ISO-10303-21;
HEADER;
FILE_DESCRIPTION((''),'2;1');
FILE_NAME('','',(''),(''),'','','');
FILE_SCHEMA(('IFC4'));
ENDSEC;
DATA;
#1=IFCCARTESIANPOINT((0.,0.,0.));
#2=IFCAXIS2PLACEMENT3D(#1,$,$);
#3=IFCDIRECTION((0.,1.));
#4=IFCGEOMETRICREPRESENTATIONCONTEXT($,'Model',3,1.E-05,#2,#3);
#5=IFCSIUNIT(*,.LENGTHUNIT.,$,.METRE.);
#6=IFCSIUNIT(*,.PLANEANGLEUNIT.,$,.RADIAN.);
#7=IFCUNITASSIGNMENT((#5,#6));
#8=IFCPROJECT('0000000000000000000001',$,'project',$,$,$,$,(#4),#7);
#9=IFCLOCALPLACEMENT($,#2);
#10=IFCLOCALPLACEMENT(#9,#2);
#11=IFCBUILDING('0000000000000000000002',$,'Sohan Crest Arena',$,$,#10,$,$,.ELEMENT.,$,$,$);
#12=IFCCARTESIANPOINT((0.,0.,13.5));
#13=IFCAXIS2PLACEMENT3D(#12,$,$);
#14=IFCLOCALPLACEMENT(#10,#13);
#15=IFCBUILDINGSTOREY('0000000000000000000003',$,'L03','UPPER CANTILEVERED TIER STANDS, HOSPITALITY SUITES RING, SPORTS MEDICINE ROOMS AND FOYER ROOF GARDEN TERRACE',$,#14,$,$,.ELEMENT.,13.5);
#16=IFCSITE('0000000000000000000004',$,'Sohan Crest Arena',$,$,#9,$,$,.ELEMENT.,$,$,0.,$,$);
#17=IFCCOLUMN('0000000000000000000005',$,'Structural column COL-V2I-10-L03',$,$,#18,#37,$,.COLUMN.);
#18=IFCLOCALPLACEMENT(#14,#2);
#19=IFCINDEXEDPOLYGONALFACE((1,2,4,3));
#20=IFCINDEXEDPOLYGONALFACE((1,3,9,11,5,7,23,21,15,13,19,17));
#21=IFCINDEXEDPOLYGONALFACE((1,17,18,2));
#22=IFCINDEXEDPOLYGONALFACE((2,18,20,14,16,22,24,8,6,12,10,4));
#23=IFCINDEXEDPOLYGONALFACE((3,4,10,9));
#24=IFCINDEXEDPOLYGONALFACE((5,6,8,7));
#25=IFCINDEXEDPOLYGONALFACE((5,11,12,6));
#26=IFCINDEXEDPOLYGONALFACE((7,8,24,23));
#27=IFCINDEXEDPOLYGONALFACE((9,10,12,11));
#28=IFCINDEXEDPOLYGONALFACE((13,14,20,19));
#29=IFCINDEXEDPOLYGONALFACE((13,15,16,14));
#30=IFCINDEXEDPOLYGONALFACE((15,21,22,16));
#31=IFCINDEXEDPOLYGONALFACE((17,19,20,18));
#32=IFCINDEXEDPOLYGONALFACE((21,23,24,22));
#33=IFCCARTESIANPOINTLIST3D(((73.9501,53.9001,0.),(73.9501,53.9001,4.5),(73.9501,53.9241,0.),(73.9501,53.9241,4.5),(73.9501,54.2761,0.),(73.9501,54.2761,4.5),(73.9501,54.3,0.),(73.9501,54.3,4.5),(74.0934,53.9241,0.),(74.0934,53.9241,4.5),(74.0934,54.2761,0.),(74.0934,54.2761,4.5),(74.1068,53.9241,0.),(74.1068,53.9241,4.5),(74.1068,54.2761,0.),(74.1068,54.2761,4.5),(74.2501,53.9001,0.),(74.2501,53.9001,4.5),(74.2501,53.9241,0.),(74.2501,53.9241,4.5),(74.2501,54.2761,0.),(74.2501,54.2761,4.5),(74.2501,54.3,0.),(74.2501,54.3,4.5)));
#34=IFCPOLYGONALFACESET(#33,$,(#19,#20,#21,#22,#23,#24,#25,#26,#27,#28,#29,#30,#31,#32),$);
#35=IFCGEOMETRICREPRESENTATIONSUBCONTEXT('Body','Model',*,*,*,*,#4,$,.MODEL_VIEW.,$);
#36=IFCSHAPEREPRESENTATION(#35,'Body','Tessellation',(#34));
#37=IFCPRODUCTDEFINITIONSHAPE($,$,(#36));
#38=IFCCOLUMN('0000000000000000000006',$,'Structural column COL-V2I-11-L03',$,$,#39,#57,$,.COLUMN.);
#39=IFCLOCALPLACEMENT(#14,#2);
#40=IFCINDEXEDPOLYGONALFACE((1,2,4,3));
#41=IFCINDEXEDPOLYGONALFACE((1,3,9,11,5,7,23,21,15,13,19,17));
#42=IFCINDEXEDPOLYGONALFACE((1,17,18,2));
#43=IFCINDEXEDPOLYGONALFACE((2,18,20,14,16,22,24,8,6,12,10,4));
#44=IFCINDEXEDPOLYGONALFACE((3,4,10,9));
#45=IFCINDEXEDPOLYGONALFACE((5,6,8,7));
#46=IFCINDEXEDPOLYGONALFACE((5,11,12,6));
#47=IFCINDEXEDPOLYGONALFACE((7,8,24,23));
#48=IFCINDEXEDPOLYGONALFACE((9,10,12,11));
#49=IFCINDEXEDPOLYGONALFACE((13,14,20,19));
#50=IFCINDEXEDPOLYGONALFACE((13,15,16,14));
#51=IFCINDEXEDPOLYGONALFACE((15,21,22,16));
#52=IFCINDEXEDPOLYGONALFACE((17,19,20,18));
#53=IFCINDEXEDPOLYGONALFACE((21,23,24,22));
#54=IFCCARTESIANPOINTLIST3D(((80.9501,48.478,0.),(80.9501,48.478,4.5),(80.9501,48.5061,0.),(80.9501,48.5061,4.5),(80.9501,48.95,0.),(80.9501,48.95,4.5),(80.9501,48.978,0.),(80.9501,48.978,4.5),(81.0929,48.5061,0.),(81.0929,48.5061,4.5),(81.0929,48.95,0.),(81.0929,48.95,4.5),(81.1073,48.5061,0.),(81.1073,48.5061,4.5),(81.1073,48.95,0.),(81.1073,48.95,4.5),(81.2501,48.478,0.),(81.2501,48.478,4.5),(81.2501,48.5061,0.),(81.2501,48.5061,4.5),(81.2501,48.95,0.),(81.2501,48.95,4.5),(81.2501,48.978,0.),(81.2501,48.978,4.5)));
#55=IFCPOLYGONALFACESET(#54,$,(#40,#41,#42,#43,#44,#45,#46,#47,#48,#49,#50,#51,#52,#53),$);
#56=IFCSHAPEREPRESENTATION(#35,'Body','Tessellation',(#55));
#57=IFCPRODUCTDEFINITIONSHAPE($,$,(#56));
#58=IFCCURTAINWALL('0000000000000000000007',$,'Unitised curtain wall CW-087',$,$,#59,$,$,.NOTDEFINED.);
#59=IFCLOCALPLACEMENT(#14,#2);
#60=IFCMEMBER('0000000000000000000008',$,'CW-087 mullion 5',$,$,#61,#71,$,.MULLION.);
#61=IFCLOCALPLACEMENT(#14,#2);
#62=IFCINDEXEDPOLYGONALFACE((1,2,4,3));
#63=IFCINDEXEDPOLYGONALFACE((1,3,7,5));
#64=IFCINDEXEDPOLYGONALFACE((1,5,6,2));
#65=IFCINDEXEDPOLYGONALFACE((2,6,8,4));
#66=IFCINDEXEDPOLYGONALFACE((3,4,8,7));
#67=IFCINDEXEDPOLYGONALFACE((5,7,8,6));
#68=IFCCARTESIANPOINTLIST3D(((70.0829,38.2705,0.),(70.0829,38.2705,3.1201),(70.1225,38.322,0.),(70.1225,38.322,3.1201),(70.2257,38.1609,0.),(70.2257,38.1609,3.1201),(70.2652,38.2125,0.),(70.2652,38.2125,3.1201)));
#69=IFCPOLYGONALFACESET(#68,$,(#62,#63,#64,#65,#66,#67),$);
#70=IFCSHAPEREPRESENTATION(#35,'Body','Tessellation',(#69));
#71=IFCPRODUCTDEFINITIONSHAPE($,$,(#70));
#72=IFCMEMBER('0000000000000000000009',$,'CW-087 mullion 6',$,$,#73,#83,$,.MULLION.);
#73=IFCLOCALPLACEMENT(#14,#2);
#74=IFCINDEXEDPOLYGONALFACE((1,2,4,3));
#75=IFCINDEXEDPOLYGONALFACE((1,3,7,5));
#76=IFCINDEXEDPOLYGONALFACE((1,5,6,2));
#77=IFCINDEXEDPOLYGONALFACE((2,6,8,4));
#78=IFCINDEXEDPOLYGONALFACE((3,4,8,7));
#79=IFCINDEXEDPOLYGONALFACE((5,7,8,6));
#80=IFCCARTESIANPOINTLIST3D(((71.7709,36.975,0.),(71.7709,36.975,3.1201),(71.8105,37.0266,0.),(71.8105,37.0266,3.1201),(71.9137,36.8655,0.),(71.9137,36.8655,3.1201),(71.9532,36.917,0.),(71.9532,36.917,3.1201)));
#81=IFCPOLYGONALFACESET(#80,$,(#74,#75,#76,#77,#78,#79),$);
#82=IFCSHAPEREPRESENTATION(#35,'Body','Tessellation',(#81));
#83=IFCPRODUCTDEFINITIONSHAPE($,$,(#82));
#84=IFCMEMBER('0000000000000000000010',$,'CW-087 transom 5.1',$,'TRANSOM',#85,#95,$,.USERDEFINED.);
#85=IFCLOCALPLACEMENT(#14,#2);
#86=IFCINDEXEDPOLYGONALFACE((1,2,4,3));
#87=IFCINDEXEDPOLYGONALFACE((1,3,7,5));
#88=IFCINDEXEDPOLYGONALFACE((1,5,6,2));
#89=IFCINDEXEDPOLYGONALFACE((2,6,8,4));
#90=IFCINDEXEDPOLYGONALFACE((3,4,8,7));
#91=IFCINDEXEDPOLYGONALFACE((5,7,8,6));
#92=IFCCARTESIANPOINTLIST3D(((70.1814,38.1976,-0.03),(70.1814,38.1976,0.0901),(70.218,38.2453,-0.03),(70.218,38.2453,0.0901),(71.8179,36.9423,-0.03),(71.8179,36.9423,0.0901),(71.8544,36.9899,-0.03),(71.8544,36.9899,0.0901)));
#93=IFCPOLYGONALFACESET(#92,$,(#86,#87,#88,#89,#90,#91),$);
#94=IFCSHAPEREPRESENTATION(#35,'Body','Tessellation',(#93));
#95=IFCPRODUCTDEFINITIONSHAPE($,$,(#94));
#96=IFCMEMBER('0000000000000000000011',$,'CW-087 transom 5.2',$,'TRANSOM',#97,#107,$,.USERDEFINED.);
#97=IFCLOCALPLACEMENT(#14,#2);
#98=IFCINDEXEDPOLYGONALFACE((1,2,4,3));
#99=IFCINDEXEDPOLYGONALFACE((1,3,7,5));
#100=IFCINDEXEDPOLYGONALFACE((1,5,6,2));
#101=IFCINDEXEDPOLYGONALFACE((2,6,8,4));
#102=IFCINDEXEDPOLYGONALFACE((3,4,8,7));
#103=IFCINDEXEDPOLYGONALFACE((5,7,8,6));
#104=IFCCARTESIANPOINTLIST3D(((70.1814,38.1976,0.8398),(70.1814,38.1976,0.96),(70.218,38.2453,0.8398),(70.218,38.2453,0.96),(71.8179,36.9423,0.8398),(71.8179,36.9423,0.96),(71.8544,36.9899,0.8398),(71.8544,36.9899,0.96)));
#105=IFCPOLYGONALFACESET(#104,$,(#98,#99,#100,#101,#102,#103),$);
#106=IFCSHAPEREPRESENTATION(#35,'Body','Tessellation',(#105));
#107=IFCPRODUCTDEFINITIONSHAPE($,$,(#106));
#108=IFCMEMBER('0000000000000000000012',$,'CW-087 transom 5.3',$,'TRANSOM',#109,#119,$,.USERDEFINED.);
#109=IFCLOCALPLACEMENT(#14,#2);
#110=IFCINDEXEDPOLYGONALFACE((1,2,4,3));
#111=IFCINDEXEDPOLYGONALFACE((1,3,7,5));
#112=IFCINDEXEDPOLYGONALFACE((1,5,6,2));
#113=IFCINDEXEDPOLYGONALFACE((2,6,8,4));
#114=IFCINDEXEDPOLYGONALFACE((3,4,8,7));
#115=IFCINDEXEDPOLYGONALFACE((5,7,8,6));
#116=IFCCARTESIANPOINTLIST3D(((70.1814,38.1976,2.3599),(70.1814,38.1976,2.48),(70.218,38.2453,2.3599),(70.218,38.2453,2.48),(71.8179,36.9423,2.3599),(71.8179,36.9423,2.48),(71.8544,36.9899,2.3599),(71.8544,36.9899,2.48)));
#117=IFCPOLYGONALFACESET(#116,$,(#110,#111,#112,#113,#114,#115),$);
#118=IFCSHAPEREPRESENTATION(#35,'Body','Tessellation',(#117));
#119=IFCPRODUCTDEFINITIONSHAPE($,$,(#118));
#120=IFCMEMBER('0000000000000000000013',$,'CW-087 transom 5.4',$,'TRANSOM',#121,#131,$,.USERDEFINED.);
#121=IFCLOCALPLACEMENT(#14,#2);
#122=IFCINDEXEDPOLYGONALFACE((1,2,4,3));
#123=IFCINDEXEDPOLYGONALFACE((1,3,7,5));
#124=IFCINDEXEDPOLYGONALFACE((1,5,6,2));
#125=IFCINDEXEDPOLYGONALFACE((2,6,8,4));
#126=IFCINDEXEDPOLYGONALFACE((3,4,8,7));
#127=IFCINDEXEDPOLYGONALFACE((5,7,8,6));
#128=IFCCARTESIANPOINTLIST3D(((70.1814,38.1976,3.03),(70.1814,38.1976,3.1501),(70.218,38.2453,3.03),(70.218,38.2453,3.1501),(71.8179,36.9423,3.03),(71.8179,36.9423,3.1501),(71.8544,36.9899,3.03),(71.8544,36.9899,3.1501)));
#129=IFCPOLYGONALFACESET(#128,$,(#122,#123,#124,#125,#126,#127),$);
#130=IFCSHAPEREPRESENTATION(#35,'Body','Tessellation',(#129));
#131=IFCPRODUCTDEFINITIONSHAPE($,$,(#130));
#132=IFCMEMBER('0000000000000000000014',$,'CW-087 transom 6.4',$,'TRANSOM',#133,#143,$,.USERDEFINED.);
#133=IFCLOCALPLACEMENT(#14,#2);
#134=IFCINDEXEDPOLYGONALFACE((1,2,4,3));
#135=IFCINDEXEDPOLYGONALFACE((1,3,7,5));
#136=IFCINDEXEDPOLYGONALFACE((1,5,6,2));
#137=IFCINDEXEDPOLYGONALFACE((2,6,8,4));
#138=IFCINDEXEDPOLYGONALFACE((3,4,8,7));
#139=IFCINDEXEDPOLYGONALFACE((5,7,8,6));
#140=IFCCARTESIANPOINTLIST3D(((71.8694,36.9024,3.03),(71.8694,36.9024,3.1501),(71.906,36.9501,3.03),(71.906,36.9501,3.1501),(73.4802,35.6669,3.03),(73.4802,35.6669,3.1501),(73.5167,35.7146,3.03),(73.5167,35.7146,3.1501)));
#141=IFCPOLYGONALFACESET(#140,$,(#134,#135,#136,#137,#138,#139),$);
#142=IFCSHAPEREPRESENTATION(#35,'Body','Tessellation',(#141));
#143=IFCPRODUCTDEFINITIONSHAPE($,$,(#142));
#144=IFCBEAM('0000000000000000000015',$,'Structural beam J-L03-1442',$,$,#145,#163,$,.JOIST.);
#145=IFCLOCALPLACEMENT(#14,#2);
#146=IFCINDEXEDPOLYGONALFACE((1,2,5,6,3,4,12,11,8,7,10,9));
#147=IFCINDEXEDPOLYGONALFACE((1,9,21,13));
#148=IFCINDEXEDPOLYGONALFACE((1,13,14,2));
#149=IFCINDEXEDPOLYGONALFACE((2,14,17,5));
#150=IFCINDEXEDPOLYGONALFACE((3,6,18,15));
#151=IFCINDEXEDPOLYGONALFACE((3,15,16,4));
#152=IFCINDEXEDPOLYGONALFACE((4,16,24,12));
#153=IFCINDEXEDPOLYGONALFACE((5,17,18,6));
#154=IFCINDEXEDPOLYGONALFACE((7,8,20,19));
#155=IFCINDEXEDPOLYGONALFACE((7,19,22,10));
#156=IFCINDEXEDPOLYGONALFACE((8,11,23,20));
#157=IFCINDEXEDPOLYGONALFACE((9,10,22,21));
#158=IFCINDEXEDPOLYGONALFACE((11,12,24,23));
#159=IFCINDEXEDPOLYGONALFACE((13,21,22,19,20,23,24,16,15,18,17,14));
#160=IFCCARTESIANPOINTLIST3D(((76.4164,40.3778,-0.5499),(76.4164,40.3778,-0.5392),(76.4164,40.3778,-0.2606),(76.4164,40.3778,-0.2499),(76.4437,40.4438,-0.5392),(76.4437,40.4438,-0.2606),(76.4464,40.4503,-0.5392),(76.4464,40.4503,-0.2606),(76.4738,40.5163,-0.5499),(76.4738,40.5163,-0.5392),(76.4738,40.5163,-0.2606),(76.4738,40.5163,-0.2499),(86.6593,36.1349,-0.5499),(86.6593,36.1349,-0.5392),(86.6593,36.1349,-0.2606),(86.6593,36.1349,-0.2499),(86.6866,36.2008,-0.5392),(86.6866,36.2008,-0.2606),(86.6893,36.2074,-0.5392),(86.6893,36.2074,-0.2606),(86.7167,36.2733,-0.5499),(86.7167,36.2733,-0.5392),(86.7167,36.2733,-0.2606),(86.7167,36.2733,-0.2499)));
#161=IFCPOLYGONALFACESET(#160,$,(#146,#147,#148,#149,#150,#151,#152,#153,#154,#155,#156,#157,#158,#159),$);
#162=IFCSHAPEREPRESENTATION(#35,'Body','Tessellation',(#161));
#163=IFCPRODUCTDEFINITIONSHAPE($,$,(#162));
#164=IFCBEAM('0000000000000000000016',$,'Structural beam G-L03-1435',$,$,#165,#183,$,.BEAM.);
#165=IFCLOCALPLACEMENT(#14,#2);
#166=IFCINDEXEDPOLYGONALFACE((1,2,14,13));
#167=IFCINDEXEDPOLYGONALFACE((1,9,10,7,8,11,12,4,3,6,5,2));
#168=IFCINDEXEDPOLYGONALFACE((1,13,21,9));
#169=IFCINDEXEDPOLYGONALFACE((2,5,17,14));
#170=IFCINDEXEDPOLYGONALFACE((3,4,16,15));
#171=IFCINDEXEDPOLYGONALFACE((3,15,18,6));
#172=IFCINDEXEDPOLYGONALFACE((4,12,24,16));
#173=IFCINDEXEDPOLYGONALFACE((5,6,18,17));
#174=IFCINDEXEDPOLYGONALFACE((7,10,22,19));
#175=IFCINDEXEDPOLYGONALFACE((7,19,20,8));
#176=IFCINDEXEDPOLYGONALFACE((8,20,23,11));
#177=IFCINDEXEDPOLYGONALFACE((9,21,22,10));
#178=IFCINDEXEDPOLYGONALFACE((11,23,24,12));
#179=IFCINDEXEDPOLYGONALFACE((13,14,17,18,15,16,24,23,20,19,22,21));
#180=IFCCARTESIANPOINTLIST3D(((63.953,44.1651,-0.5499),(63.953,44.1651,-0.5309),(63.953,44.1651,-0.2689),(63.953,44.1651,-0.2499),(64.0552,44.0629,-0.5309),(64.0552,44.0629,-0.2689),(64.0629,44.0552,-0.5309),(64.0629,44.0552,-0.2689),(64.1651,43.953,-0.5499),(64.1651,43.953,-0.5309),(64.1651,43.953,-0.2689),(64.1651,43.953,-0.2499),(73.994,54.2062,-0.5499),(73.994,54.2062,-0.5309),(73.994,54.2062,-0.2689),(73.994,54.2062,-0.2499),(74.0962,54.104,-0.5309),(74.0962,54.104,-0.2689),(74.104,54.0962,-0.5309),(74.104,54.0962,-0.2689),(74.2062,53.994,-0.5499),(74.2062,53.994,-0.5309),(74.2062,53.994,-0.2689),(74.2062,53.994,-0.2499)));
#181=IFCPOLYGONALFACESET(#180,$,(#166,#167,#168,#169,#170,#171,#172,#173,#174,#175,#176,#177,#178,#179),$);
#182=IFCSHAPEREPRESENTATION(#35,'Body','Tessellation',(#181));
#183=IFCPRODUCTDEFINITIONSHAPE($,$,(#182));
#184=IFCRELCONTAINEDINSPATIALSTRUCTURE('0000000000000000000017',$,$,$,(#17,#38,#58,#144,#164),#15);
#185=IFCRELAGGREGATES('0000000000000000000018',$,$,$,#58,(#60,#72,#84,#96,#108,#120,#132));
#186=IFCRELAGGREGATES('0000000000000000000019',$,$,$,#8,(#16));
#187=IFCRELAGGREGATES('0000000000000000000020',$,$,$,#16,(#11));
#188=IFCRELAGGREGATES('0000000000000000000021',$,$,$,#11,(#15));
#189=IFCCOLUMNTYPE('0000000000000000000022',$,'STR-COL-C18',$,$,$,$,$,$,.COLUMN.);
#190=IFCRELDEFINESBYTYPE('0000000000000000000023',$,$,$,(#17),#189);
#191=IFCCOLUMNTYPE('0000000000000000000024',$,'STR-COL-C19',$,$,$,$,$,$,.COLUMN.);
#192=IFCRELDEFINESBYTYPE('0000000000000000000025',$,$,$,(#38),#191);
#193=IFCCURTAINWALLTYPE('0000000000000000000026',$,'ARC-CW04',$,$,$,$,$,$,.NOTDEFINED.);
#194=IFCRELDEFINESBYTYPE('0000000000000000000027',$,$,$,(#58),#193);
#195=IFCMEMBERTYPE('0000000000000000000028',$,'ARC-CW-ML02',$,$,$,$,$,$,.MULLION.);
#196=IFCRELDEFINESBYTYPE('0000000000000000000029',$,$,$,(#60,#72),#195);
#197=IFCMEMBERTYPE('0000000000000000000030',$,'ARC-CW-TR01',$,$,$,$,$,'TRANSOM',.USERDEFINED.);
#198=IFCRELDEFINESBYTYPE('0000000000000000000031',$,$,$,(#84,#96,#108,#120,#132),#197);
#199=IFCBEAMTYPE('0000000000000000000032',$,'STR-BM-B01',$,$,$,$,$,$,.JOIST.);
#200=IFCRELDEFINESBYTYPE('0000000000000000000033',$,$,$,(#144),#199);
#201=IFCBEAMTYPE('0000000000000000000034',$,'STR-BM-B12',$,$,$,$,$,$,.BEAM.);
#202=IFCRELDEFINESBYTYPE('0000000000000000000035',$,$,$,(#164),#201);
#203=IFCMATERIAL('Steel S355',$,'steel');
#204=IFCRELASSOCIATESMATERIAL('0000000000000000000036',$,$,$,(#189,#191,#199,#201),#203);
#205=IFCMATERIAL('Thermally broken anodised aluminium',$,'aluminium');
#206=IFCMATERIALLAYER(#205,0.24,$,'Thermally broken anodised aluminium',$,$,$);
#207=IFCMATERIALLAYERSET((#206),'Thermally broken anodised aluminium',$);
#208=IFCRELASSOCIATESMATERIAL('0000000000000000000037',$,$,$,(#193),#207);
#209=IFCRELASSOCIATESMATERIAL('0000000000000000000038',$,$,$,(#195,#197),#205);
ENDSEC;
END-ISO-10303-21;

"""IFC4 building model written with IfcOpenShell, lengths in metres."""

from ifc_helpers import new_model, si_unit, direction, frame, origin, origin_2d, place, context, subcontext, project, spatial, rectangle, i_section, extrude, material, layer, layer_set, material_profile, profile_set, type_object, element, aggregate, save


model = new_model("IFC4")

# Units and contexts
model_context = context("Model", 3, precision=1e-05, world=origin(), true_north=direction((0.0, 1.0)))
body_context = subcontext(model_context, "Body", "Model", "MODEL_VIEW")
ifc_project = project(units=[si_unit("LENGTHUNIT", "METRE"), si_unit("PLANEANGLEUNIT", "RADIAN")], contexts=[model_context])

# Site, building, storey
site_placement = place(None, origin())
site = spatial("IfcSite", under=ifc_project, at=site_placement, Name="Sohan Crest Arena", CompositionType="ELEMENT", RefElevation=0.0)
building_placement = place(site_placement, origin())
building = spatial("IfcBuilding", under=site, at=building_placement, Name="Sohan Crest Arena", CompositionType="ELEMENT")
storey_placement = place(building_placement, frame((0.0, 0.0, 13.5)))
storey = spatial("IfcBuildingStorey", under=building, at=storey_placement, Name="L03", Description="UPPER CANTILEVERED TIER STANDS, HOSPITALITY SUITES RING, SPORTS MEDICINE ROOMS AND FOYER ROOF GARDEN TERRACE", CompositionType="ELEMENT", Elevation=13.5)

# Columns
ifc_material_1 = material(Name="Steel S355", Category="steel")
ifc_material_profile_1 = material_profile(ifc_material_1, i_section(OverallWidth=0.3, OverallDepth=0.3999, WebThickness=0.0134, FlangeThickness=0.0239, at=origin_2d()), Name="HEB 400")
ifc_profile_set_1 = profile_set([ifc_material_profile_1], Name="Steel S355")
column_type_1 = type_object("IfcColumnType", Name="STR-COL-C18", PredefinedType="COLUMN", material=ifc_profile_set_1)
column_1_placement = place(storey_placement, frame((74.1001, 54.1001, 0.0), z_axis=(0.0, 0.0, 1.0), x_axis=(1.0, 0.0, 0.0)))
element("IfcColumn", 1, at=column_1_placement, inside=storey, type_object=column_type_1, Name="Structural column COL-V2I-10-L03", PredefinedType="COLUMN", context=body_context, shape_type="SweptSolid", body=[
    extrude(i_section(OverallWidth=0.3, OverallDepth=0.3999, WebThickness=0.0134, FlangeThickness=0.0239, at=origin_2d()), origin(), (0.0, 0.0, 1.0), 4.5),
])
ifc_material_profile_2 = material_profile(ifc_material_1, i_section(OverallWidth=0.3, OverallDepth=0.5, WebThickness=0.0144, FlangeThickness=0.0281, at=origin_2d()), Name="HEB 500")
ifc_profile_set_2 = profile_set([ifc_material_profile_2], Name="Steel S355")
column_type_2 = type_object("IfcColumnType", Name="STR-COL-C19", PredefinedType="COLUMN", material=ifc_profile_set_2)
column_2_placement = place(storey_placement, frame((81.1001, 48.728, 0.0), z_axis=(0.0, 0.0, 1.0), x_axis=(1.0, 0.0, 0.0)))
element("IfcColumn", 2, at=column_2_placement, inside=storey, type_object=column_type_2, Name="Structural column COL-V2I-11-L03", PredefinedType="COLUMN", context=body_context, shape_type="SweptSolid", body=[
    extrude(i_section(OverallWidth=0.3, OverallDepth=0.5, WebThickness=0.0144, FlangeThickness=0.0281, at=origin_2d()), origin(), (0.0, 0.0, 1.0), 4.5),
])

# Curtain wall, members
ifc_material_2 = material(Name="Thermally broken anodised aluminium", Category="aluminium")
ifc_layer_1 = layer(ifc_material_2, 0.24, Name="Thermally broken anodised aluminium")
ifc_layer_set_1 = layer_set([ifc_layer_1], Name="Thermally broken anodised aluminium")
curtain_wall_type = type_object("IfcCurtainWallType", Name="ARC-CW04", PredefinedType="NOTDEFINED", material=ifc_layer_set_1)
curtain_wall_placement = place(storey_placement, origin())
curtain_wall = element("IfcCurtainWall", 3, at=curtain_wall_placement, inside=storey, type_object=curtain_wall_type, Name="Unitised curtain wall CW-087", PredefinedType="NOTDEFINED")
ifc_material_profile_3 = material_profile(ifc_material_2, rectangle(XDim=0.0649, YDim=0.1799, at=origin_2d()), Name="ALU-MULL 65x180")
ifc_profile_set_3 = profile_set([ifc_material_profile_3], Name="Thermally broken anodised aluminium")
member_type_1 = type_object("IfcMemberType", Name="ARC-CW-ML02", PredefinedType="MULLION", material=ifc_profile_set_3)
member_1_placement = place(storey_placement, frame((70.1741, 38.2415, 0.0), z_axis=(0.0, 0.0, 1.0), x_axis=(0.608737, 0.793372, 0.0)))
member_1 = element("IfcMember", 4, at=member_1_placement, type_object=member_type_1, Name="CW-087 mullion 5", PredefinedType="MULLION", context=body_context, shape_type="SweptSolid", body=[
    extrude(rectangle(XDim=0.0649, YDim=0.1799, at=origin_2d()), origin(), (0.0, 0.0, 1.0), 3.1201),
])
member_2_placement = place(storey_placement, frame((71.8621, 36.946, 0.0), z_axis=(0.0, 0.0, 1.0), x_axis=(0.608737, 0.793372, 0.0)))
member_2 = element("IfcMember", 5, at=member_2_placement, type_object=member_type_1, Name="CW-087 mullion 6", PredefinedType="MULLION", context=body_context, shape_type="SweptSolid", body=[
    extrude(rectangle(XDim=0.0649, YDim=0.1799, at=origin_2d()), origin(), (0.0, 0.0, 1.0), 3.1201),
])
ifc_material_profile_4 = material_profile(ifc_material_2, rectangle(XDim=0.0601, YDim=0.1201, at=origin_2d()), Name="ALU-TRAN 60x120")
ifc_profile_set_4 = profile_set([ifc_material_profile_4], Name="Thermally broken anodised aluminium")
member_type_2 = type_object("IfcMemberType", Name="ARC-CW-TR01", ElementType="TRANSOM", PredefinedType="USERDEFINED", material=ifc_profile_set_4)
member_3_placement = place(storey_placement, frame((70.1997, 38.2214, 0.03), z_axis=(0.793433, -0.608658, 0.0), x_axis=(0.608658, 0.793433, 0.0)))
member_3 = element("IfcMember", 6, at=member_3_placement, type_object=member_type_2, Name="CW-087 transom 5.1", ObjectType="TRANSOM", PredefinedType="USERDEFINED", context=body_context, shape_type="SweptSolid", body=[
    extrude(rectangle(XDim=0.0601, YDim=0.1201, at=origin_2d()), origin(), (0.0, 0.0, 1.0), 2.0625),
])
member_4_placement = place(storey_placement, frame((70.1997, 38.2214, 0.8999), z_axis=(0.793433, -0.608658, 0.0), x_axis=(0.608658, 0.793433, 0.0)))
member_4 = element("IfcMember", 7, at=member_4_placement, type_object=member_type_2, Name="CW-087 transom 5.2", ObjectType="TRANSOM", PredefinedType="USERDEFINED", context=body_context, shape_type="SweptSolid", body=[
    extrude(rectangle(XDim=0.0601, YDim=0.1201, at=origin_2d()), origin(), (0.0, 0.0, 1.0), 2.0625),
])
member_5_placement = place(storey_placement, frame((70.1997, 38.2214, 2.4199), z_axis=(0.793433, -0.608658, 0.0), x_axis=(0.608658, 0.793433, 0.0)))
member_5 = element("IfcMember", 8, at=member_5_placement, type_object=member_type_2, Name="CW-087 transom 5.3", ObjectType="TRANSOM", PredefinedType="USERDEFINED", context=body_context, shape_type="SweptSolid", body=[
    extrude(rectangle(XDim=0.0601, YDim=0.1201, at=origin_2d()), origin(), (0.0, 0.0, 1.0), 2.0625),
])
member_6_placement = place(storey_placement, frame((70.1997, 38.2214, 3.0901), z_axis=(0.793433, -0.608658, 0.0), x_axis=(0.608658, 0.793433, 0.0)))
member_6 = element("IfcMember", 9, at=member_6_placement, type_object=member_type_2, Name="CW-087 transom 5.4", ObjectType="TRANSOM", PredefinedType="USERDEFINED", context=body_context, shape_type="SweptSolid", body=[
    extrude(rectangle(XDim=0.0601, YDim=0.1201, at=origin_2d()), origin(), (0.0, 0.0, 1.0), 2.0625),
])
member_7_placement = place(storey_placement, frame((71.8877, 36.9263, 3.0901), z_axis=(0.793459, -0.608623, 0.0), x_axis=(0.608623, 0.793459, 0.0)))
member_7 = element("IfcMember", 10, at=member_7_placement, type_object=member_type_2, Name="CW-087 transom 6.4", ObjectType="TRANSOM", PredefinedType="USERDEFINED", context=body_context, shape_type="SweptSolid", body=[
    extrude(rectangle(XDim=0.0601, YDim=0.1201, at=origin_2d()), origin(), (0.0, 0.0, 1.0), 2.03),
])

# Beams
ifc_material_profile_5 = material_profile(ifc_material_1, i_section(OverallWidth=0.1499, OverallDepth=0.3, WebThickness=0.0071, FlangeThickness=0.0107, at=origin_2d()), Name="IPE 300")
ifc_profile_set_5 = profile_set([ifc_material_profile_5], Name="Steel S355")
beam_type_1 = type_object("IfcBeamType", Name="STR-BM-B01", PredefinedType="JOIST", material=ifc_profile_set_5)
beam_1_placement = place(storey_placement, frame((76.4451, 40.447, -0.3999), z_axis=(0.923874, -0.382696, 0.0), x_axis=(0.382696, 0.923874, 0.0)))
element("IfcBeam", 11, at=beam_1_placement, inside=storey, type_object=beam_type_1, Name="Structural beam J-L03-1442", PredefinedType="JOIST", context=body_context, shape_type="SweptSolid", body=[
    extrude(i_section(OverallWidth=0.1499, OverallDepth=0.3, WebThickness=0.0071, FlangeThickness=0.0107, at=origin_2d()), origin(), (0.0, 0.0, 1.0), 11.0869),
])
ifc_material_profile_6 = material_profile(ifc_material_1, i_section(OverallWidth=0.3, OverallDepth=0.3, WebThickness=0.011, FlangeThickness=0.019, at=origin_2d()), Name="HEB 300")
ifc_profile_set_6 = profile_set([ifc_material_profile_6], Name="Steel S355")
beam_type_2 = type_object("IfcBeamType", Name="STR-BM-B12", PredefinedType="BEAM", material=ifc_profile_set_6)
beam_2_placement = place(storey_placement, frame((74.1001, 54.1001, -0.3999), z_axis=(-0.707107, -0.707107, 0.0), x_axis=(0.707107, -0.707107, 0.0)))
element("IfcBeam", 12, at=beam_2_placement, inside=storey, type_object=beam_type_2, Name="Structural beam G-L03-1435", PredefinedType="BEAM", context=body_context, shape_type="SweptSolid", body=[
    extrude(i_section(OverallWidth=0.3, OverallDepth=0.3, WebThickness=0.011, FlangeThickness=0.019, at=origin_2d()), origin(), (0.0, 0.0, 1.0), 14.2002),
])

aggregate(curtain_wall, [member_1, member_2, member_3, member_4, member_5, member_6, member_7])

save(model, "model.ifc")
